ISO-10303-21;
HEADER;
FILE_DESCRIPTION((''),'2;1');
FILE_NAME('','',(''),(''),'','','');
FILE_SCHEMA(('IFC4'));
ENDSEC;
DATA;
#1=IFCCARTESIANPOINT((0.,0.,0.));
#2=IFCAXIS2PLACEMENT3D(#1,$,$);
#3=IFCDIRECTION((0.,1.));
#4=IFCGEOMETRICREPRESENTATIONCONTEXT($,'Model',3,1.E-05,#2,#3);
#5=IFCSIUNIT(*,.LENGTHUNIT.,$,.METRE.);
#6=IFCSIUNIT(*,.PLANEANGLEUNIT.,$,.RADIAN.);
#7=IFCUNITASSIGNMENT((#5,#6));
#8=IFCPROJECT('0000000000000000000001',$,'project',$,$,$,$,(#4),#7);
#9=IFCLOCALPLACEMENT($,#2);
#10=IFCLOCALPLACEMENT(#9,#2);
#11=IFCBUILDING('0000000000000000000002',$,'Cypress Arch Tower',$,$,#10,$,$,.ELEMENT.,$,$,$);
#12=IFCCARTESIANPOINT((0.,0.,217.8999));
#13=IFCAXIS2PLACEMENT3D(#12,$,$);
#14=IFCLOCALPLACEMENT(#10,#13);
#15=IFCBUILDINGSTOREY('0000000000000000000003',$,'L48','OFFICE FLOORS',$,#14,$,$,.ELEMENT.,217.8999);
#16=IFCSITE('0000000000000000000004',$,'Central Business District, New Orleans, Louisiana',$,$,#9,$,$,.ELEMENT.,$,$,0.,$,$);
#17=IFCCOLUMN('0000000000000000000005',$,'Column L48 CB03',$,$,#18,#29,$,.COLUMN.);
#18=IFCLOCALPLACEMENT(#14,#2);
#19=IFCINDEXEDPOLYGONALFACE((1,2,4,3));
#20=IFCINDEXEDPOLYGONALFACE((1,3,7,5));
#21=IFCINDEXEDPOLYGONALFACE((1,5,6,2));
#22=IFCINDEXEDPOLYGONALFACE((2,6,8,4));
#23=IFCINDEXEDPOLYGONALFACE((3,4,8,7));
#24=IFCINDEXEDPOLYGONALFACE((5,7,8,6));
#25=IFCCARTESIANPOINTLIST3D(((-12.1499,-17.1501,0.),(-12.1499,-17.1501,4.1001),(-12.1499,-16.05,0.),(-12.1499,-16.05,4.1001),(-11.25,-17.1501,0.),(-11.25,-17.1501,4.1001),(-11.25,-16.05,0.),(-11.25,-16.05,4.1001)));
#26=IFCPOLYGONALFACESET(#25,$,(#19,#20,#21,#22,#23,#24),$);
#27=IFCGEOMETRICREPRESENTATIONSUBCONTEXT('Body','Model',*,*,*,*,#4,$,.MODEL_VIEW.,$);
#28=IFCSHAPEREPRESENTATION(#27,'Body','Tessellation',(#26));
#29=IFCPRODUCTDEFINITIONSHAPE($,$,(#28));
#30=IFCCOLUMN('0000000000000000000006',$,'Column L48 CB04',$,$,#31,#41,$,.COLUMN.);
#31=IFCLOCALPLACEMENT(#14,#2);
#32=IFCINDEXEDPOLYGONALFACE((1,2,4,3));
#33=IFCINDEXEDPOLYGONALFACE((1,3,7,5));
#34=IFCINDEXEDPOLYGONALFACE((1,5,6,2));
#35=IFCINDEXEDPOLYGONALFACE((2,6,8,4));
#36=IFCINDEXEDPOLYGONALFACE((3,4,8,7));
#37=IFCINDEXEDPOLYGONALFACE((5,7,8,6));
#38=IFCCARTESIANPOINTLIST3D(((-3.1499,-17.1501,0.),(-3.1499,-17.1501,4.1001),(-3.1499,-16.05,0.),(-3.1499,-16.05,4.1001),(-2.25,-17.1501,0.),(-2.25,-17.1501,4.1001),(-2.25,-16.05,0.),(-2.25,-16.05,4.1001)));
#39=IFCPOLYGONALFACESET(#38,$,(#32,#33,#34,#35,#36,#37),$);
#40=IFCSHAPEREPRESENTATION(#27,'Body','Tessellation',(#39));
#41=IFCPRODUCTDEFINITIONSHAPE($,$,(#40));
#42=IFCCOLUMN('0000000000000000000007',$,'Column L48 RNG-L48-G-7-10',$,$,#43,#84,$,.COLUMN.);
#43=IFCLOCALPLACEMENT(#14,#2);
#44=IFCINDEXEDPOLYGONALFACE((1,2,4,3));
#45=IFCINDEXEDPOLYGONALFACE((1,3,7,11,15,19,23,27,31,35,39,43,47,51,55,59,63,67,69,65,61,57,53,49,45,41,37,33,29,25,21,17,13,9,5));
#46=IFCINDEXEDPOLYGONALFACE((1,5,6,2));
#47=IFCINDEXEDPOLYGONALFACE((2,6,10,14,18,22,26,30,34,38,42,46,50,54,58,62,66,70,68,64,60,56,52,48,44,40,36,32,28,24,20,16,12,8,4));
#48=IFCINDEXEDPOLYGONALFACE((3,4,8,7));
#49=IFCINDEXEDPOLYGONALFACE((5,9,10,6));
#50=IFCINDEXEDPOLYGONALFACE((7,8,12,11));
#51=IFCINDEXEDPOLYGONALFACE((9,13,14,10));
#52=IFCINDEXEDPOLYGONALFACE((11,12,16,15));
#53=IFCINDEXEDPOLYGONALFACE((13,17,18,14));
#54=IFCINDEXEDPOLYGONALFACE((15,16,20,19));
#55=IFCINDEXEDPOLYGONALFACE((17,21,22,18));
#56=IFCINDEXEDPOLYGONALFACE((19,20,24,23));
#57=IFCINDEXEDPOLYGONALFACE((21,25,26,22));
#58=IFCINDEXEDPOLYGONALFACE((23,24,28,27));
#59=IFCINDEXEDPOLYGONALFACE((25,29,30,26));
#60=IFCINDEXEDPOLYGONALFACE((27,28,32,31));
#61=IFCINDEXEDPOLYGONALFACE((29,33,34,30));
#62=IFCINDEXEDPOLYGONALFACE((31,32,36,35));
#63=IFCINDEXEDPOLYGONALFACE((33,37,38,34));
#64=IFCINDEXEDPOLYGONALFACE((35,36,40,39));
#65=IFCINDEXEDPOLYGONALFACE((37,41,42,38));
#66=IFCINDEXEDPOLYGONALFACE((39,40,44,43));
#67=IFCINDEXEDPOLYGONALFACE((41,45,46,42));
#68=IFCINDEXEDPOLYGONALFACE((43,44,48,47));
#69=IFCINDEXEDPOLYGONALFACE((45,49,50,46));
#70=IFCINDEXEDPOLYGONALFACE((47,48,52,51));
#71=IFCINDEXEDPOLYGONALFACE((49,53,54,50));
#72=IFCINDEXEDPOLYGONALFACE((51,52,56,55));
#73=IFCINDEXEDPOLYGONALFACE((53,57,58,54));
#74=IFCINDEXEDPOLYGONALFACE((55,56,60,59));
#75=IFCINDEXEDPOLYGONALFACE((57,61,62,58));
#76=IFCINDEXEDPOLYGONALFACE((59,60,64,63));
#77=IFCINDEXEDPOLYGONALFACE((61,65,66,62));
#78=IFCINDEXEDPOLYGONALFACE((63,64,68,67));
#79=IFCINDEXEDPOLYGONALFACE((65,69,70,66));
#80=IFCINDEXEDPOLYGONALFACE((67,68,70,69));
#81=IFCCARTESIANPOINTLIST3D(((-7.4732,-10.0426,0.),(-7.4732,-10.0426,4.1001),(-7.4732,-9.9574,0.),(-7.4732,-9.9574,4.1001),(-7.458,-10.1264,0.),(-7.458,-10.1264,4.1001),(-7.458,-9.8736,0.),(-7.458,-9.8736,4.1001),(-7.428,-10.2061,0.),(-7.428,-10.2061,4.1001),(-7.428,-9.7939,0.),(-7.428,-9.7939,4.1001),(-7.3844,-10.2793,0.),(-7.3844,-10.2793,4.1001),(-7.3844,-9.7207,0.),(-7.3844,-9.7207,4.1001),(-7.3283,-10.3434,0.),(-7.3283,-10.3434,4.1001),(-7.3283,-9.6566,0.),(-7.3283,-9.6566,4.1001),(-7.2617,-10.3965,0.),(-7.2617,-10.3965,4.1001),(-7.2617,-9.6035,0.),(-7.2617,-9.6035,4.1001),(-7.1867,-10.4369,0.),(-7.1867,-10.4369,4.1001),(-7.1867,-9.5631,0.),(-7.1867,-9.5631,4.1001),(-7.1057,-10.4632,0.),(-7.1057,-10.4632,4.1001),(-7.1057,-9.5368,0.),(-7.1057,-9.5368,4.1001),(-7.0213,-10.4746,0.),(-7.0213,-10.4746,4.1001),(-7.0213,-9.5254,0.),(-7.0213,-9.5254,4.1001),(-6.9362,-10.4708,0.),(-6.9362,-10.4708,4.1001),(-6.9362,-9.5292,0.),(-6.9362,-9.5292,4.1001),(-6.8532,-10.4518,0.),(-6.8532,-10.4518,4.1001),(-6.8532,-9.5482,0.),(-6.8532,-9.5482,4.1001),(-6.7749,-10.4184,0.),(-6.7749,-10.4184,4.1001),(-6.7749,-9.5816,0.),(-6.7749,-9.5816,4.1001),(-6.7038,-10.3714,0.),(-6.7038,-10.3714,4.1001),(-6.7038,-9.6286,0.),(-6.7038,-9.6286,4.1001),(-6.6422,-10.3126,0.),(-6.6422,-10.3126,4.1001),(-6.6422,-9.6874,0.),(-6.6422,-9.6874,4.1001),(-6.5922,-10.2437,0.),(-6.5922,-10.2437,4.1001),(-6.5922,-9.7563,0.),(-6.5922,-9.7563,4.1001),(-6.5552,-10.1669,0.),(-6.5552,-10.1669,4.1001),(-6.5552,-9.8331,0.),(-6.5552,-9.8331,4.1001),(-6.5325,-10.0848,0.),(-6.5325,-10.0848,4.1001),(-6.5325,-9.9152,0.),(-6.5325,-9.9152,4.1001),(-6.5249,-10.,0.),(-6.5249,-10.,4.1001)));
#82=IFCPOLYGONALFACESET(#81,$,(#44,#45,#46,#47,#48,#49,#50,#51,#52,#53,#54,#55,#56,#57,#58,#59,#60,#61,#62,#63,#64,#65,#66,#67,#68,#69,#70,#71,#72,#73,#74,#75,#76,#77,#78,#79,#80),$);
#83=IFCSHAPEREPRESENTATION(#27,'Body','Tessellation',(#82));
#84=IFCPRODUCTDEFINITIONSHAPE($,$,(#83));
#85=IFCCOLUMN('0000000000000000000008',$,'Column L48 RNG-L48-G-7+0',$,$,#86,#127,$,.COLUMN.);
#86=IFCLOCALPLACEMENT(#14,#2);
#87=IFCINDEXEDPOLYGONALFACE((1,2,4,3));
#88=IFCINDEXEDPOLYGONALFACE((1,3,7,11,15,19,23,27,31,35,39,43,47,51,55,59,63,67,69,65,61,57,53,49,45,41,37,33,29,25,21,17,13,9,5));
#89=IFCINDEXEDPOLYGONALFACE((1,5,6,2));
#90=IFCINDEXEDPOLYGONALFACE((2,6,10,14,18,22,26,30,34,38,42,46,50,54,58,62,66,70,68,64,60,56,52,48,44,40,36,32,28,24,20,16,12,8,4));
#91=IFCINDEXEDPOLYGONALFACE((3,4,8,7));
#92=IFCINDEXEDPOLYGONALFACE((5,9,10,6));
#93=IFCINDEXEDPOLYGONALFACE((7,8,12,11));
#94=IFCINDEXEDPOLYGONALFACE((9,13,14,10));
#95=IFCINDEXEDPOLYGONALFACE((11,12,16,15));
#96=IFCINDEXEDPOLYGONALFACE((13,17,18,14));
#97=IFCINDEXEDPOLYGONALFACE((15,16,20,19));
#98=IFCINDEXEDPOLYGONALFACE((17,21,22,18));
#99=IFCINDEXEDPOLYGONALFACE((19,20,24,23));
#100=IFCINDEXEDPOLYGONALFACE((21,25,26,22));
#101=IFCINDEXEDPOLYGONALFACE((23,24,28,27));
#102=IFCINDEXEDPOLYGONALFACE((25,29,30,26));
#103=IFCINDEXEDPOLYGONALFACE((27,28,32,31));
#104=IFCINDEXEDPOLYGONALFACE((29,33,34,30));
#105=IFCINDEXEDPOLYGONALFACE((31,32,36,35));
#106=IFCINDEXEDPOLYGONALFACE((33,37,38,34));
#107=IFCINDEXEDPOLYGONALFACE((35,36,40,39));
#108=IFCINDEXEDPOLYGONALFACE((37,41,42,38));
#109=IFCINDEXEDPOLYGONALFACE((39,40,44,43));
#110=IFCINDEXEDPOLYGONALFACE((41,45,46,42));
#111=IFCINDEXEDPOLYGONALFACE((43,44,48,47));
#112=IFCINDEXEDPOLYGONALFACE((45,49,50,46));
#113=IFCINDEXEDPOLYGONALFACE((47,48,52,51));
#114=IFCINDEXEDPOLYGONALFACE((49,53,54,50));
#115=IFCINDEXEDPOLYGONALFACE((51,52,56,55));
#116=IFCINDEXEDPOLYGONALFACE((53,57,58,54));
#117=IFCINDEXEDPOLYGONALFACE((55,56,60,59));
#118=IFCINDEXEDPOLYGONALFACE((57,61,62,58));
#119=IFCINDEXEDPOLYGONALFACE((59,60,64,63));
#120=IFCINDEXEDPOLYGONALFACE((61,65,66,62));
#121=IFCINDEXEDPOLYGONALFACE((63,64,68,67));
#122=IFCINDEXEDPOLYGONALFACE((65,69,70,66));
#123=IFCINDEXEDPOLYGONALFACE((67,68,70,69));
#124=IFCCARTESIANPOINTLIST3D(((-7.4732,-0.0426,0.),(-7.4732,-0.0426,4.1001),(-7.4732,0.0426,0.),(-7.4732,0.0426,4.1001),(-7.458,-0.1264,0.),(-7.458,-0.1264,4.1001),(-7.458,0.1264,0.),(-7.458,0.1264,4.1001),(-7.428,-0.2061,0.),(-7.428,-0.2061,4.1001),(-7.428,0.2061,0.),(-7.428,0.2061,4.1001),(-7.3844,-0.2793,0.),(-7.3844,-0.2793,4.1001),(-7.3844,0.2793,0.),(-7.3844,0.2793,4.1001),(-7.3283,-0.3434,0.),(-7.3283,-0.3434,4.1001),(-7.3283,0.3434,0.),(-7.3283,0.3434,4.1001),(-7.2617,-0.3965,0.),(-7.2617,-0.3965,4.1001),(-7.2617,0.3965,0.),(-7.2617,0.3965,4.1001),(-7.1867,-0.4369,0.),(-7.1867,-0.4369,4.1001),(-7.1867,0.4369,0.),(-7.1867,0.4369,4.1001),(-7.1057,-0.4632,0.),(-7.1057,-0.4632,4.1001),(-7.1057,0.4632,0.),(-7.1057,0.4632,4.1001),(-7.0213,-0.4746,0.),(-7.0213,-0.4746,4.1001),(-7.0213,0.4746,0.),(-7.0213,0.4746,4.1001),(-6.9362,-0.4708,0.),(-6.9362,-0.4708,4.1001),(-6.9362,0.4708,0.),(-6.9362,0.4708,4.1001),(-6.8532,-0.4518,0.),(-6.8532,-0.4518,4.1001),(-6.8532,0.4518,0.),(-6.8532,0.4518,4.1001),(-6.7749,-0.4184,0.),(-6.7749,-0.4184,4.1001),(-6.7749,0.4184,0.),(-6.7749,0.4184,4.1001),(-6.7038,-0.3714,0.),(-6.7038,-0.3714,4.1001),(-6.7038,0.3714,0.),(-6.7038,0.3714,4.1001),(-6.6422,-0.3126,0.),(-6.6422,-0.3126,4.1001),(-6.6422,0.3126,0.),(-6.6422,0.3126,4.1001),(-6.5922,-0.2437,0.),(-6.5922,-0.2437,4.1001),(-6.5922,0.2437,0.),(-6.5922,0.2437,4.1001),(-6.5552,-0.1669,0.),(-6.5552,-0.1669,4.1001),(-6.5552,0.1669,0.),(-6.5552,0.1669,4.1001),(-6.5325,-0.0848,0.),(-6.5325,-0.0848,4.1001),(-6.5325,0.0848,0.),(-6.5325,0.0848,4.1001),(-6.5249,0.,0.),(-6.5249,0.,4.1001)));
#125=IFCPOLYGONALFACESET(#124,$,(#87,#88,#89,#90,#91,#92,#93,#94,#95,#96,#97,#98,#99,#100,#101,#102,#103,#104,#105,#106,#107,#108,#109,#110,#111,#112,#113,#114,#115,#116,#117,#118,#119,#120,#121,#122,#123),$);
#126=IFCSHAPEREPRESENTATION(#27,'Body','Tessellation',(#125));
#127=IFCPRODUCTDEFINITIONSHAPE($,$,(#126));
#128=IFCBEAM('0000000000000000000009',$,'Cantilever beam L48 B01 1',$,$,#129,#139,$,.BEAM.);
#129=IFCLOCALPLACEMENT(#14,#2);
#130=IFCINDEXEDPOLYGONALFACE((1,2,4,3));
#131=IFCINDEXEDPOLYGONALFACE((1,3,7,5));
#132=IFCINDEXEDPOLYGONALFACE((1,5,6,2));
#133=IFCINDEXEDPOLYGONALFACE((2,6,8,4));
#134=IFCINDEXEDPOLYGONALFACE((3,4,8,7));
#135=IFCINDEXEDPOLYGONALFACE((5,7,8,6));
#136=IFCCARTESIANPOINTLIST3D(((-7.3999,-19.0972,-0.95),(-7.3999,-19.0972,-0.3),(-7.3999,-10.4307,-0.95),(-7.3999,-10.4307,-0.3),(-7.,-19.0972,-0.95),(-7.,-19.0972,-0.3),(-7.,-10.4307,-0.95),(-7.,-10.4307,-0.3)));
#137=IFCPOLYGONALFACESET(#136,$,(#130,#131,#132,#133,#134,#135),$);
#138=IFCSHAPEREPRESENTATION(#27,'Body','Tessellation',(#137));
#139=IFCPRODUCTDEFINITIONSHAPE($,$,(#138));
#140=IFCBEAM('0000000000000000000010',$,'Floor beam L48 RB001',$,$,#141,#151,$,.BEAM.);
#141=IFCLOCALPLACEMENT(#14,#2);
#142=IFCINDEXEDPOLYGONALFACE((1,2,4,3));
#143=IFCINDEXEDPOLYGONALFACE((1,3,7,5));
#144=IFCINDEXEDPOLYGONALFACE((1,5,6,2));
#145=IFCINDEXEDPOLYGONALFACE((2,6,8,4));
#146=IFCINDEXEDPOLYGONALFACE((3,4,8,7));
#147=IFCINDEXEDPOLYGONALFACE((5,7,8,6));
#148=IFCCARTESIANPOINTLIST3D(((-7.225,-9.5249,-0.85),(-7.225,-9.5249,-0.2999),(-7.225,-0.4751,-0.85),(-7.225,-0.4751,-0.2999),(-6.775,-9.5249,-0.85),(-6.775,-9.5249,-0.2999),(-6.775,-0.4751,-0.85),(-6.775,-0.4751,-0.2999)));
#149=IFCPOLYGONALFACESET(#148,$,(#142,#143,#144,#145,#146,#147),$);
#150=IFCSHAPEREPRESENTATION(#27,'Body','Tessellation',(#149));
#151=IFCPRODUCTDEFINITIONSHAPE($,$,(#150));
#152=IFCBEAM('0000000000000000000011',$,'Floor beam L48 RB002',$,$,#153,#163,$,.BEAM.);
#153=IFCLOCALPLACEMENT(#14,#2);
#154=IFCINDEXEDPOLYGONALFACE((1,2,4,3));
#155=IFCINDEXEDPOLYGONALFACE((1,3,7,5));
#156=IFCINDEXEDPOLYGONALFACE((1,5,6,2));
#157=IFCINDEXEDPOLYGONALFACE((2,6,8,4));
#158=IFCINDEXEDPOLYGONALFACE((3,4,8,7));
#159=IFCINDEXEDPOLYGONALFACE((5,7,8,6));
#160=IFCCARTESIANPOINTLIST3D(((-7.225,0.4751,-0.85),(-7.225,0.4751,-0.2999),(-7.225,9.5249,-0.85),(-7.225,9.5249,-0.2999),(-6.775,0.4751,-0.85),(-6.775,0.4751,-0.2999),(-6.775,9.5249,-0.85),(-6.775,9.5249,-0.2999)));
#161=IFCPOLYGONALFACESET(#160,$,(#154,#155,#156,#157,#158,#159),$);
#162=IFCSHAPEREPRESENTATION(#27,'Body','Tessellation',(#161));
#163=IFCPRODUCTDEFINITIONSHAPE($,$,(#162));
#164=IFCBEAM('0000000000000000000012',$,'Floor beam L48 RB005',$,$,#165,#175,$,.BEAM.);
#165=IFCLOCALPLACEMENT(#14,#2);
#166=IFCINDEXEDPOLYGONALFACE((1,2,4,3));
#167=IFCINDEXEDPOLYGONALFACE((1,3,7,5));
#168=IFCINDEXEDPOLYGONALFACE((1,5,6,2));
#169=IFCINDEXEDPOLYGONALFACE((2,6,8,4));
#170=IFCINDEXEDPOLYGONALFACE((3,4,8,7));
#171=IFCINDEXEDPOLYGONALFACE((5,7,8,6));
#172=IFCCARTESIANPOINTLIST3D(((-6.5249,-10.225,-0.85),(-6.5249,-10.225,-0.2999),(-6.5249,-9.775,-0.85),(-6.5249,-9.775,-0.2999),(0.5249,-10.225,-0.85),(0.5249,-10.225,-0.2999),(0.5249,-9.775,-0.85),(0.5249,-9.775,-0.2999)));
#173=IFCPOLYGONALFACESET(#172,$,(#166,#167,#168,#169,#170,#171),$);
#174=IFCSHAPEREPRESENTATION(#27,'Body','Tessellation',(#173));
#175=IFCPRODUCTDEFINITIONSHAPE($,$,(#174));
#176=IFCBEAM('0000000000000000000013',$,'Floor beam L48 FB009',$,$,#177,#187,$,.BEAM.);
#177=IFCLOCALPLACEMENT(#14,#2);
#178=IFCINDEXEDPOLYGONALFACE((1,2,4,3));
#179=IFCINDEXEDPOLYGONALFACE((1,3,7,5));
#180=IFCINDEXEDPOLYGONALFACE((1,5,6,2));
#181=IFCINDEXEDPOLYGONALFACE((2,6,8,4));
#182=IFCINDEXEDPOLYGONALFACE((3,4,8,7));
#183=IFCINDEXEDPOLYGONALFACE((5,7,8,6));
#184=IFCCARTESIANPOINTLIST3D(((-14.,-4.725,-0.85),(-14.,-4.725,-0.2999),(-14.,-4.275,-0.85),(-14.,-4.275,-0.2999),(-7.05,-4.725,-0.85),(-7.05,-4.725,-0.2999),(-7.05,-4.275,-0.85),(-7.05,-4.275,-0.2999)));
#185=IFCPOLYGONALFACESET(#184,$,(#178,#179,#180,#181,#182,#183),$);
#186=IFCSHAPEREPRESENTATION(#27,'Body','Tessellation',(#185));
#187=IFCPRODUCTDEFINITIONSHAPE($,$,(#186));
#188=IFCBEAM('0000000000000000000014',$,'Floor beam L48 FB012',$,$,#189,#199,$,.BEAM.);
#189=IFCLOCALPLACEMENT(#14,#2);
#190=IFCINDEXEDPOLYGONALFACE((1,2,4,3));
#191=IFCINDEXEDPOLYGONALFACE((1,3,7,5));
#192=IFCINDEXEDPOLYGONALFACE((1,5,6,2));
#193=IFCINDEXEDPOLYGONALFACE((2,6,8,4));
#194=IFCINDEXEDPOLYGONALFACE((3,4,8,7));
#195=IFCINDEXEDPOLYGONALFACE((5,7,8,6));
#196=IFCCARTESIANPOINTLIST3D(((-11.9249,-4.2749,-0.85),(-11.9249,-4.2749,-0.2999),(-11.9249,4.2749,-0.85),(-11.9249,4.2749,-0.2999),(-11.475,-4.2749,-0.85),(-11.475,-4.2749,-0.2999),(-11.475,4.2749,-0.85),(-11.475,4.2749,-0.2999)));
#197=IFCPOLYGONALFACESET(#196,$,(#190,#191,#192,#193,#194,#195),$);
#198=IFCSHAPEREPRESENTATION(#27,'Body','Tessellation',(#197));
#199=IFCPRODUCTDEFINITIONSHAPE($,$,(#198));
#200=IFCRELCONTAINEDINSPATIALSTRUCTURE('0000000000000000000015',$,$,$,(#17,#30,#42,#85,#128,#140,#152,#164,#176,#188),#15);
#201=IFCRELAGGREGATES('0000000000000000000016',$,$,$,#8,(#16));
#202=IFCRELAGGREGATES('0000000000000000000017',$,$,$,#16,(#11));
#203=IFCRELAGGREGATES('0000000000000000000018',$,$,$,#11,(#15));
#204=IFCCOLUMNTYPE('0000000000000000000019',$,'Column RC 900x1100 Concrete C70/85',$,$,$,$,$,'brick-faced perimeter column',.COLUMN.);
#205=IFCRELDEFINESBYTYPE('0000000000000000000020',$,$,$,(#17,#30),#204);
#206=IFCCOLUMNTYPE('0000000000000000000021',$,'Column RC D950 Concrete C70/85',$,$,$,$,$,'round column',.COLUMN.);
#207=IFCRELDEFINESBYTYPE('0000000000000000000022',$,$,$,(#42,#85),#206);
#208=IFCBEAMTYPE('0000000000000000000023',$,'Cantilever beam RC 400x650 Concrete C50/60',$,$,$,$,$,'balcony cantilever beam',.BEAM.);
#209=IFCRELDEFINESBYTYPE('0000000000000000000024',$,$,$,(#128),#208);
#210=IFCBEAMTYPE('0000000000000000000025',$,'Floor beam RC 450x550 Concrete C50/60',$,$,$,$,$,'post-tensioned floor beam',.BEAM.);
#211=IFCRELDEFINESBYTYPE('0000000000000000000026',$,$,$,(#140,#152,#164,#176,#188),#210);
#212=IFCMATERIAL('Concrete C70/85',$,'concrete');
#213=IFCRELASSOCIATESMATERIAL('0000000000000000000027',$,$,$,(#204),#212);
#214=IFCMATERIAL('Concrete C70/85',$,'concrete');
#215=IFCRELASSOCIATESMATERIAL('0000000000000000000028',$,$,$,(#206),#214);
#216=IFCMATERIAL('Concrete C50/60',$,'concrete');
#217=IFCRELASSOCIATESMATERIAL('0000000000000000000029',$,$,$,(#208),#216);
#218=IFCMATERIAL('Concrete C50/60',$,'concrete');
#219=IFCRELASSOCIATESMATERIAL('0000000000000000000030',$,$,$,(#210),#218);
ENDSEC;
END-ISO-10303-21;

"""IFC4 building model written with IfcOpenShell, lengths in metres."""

from ifc_helpers import new_model, si_unit, direction, frame, origin, origin_2d, place, context, subcontext, project, spatial, rectangle, circle, extrude, material, material_profile, profile_set, type_object, element, save


model = new_model("IFC4")

# Units and contexts
model_context = context("Model", 3, precision=1e-05, world=origin(), true_north=direction((0.0, 1.0)))
body_context = subcontext(model_context, "Body", "Model", "MODEL_VIEW")
ifc_project = project(units=[si_unit("LENGTHUNIT", "METRE"), si_unit("PLANEANGLEUNIT", "RADIAN")], contexts=[model_context])

# Site, building, storey
site_placement = place(None, origin())
site = spatial("IfcSite", under=ifc_project, at=site_placement, Name="Central Business District, New Orleans, Louisiana", CompositionType="ELEMENT", RefElevation=0.0)
building_placement = place(site_placement, origin())
building = spatial("IfcBuilding", under=site, at=building_placement, Name="Cypress Arch Tower", CompositionType="ELEMENT")
storey_placement = place(building_placement, frame((0.0, 0.0, 217.8999)))
storey = spatial("IfcBuildingStorey", under=building, at=storey_placement, Name="L48", Description="OFFICE FLOORS", CompositionType="ELEMENT", Elevation=217.8999)

# Columns
ifc_material_1 = material(Name="Concrete C70/85", Category="concrete")
ifc_material_profile_1 = material_profile(ifc_material_1, rectangle(XDim=0.8999, YDim=1.1001, at=origin_2d()), Name="RC 900x1100")
ifc_profile_set_1 = profile_set([ifc_material_profile_1], Name="Concrete C70/85")
column_type_1 = type_object("IfcColumnType", Name="Column RC 900x1100 Concrete C70/85", ElementType="brick-faced perimeter column", PredefinedType="COLUMN", material=ifc_profile_set_1)
for number, where, z_axis, x_axis, name in (
    (1, (-11.7, -16.6001, 0.0), (0.0, 0.0, 1.0), (1.0, 0.0, 0.0), "Column L48 CB03"),
    (2, (-2.7, -16.6001, 0.0), (0.0, 0.0, 1.0), (1.0, 0.0, 0.0), "Column L48 CB04"),
):
    element("IfcColumn", number, at=place(storey_placement, frame(where, z_axis=z_axis, x_axis=x_axis)), inside=storey, type_object=column_type_1, Name=name, PredefinedType="COLUMN", context=body_context, shape_type="SweptSolid", body=[
        extrude(rectangle(XDim=0.8999, YDim=1.1001, at=origin_2d()), origin(), (0.0, 0.0, 1.0), 4.1001),
    ])
ifc_material_2 = material(Name="Concrete C70/85", Category="concrete")
ifc_material_profile_2 = material_profile(ifc_material_2, circle(Radius=0.4751, at=origin_2d()), Name="RC D950")
ifc_profile_set_2 = profile_set([ifc_material_profile_2], Name="Concrete C70/85")
column_type_2 = type_object("IfcColumnType", Name="Column RC D950 Concrete C70/85", ElementType="round column", PredefinedType="COLUMN", material=ifc_profile_set_2)
for number, where, z_axis, x_axis, name in (
    (3, (-7.0, -10.0, 0.0), (0.0, 0.0, 1.0), (1.0, 0.0, 0.0), "Column L48 RNG-L48-G-7-10"),
    (4, (-7.0, 0.0, 0.0), (0.0, 0.0, 1.0), (1.0, 0.0, 0.0), "Column L48 RNG-L48-G-7+0"),
):
    element("IfcColumn", number, at=place(storey_placement, frame(where, z_axis=z_axis, x_axis=x_axis)), inside=storey, type_object=column_type_2, Name=name, PredefinedType="COLUMN", context=body_context, shape_type="SweptSolid", body=[
        extrude(circle(Radius=0.4751, at=origin_2d()), origin(), (0.0, 0.0, 1.0), 4.1001),
    ])

# Beams
ifc_material_3 = material(Name="Concrete C50/60", Category="concrete")
ifc_material_profile_3 = material_profile(ifc_material_3, rectangle(XDim=0.3999, YDim=0.6499, at=origin_2d()), Name="RC 400x650")
ifc_profile_set_3 = profile_set([ifc_material_profile_3], Name="Concrete C50/60")
beam_type_1 = type_object("IfcBeamType", Name="Cantilever beam RC 400x650 Concrete C50/60", ElementType="balcony cantilever beam", PredefinedType="BEAM", material=ifc_profile_set_3)
beam_1_placement = place(storey_placement, frame((-7.2, -10.4307, -0.625), z_axis=(0.0, -1.0, 0.0), x_axis=(1.0, 0.0, 0.0)))
element("IfcBeam", 5, at=beam_1_placement, inside=storey, type_object=beam_type_1, Name="Cantilever beam L48 B01 1", PredefinedType="BEAM", context=body_context, shape_type="SweptSolid", body=[
    extrude(rectangle(XDim=0.3999, YDim=0.6499, at=origin_2d()), origin(), (0.0, 0.0, 1.0), 8.6665),
])
ifc_material_4 = material(Name="Concrete C50/60", Category="concrete")
ifc_material_profile_4 = material_profile(ifc_material_4, rectangle(XDim=0.45, YDim=0.55, at=origin_2d()), Name="RC 450x550")
ifc_profile_set_4 = profile_set([ifc_material_profile_4], Name="Concrete C50/60")
beam_type_2 = type_object("IfcBeamType", Name="Floor beam RC 450x550 Concrete C50/60", ElementType="post-tensioned floor beam", PredefinedType="BEAM", material=ifc_profile_set_4)
for number, where, z_axis, x_axis, name in (
    (6, (-7.0, -9.5249, -0.575), (0.0, 1.0, 0.0), (-1.0, 0.0, 0.0), "Floor beam L48 RB001"),
    (7, (-7.0, 0.4751, -0.575), (0.0, 1.0, 0.0), (-1.0, 0.0, 0.0), "Floor beam L48 RB002"),
):
    element("IfcBeam", number, at=place(storey_placement, frame(where, z_axis=z_axis, x_axis=x_axis)), inside=storey, type_object=beam_type_2, Name=name, PredefinedType="BEAM", context=body_context, shape_type="SweptSolid", body=[
        extrude(rectangle(XDim=0.45, YDim=0.55, at=origin_2d()), origin(), (0.0, 0.0, 1.0), 9.0498),
    ])
beam_2_placement = place(storey_placement, frame((-6.5249, -10.0, -0.575), z_axis=(1.0, 0.0, 0.0), x_axis=(0.0, 1.0, 0.0)))
element("IfcBeam", 8, at=beam_2_placement, inside=storey, type_object=beam_type_2, Name="Floor beam L48 RB005", PredefinedType="BEAM", context=body_context, shape_type="SweptSolid", body=[
    extrude(rectangle(XDim=0.45, YDim=0.55, at=origin_2d()), origin(), (0.0, 0.0, 1.0), 7.0498),
])
beam_3_placement = place(storey_placement, frame((-14.0, -4.5, -0.575), z_axis=(1.0, 0.0, 0.0), x_axis=(0.0, 1.0, 0.0)))
element("IfcBeam", 9, at=beam_3_placement, inside=storey, type_object=beam_type_2, Name="Floor beam L48 FB009", PredefinedType="BEAM", context=body_context, shape_type="SweptSolid", body=[
    extrude(rectangle(XDim=0.45, YDim=0.55, at=origin_2d()), origin(), (0.0, 0.0, 1.0), 6.95),
])
beam_4_placement = place(storey_placement, frame((-11.7, -4.2749, -0.575), z_axis=(0.0, 1.0, 0.0), x_axis=(-1.0, 0.0, 0.0)))
element("IfcBeam", 10, at=beam_4_placement, inside=storey, type_object=beam_type_2, Name="Floor beam L48 FB012", PredefinedType="BEAM", context=body_context, shape_type="SweptSolid", body=[
    extrude(rectangle(XDim=0.45, YDim=0.55, at=origin_2d()), origin(), (0.0, 0.0, 1.0), 8.5498),
])

save(model, "model.ifc")
